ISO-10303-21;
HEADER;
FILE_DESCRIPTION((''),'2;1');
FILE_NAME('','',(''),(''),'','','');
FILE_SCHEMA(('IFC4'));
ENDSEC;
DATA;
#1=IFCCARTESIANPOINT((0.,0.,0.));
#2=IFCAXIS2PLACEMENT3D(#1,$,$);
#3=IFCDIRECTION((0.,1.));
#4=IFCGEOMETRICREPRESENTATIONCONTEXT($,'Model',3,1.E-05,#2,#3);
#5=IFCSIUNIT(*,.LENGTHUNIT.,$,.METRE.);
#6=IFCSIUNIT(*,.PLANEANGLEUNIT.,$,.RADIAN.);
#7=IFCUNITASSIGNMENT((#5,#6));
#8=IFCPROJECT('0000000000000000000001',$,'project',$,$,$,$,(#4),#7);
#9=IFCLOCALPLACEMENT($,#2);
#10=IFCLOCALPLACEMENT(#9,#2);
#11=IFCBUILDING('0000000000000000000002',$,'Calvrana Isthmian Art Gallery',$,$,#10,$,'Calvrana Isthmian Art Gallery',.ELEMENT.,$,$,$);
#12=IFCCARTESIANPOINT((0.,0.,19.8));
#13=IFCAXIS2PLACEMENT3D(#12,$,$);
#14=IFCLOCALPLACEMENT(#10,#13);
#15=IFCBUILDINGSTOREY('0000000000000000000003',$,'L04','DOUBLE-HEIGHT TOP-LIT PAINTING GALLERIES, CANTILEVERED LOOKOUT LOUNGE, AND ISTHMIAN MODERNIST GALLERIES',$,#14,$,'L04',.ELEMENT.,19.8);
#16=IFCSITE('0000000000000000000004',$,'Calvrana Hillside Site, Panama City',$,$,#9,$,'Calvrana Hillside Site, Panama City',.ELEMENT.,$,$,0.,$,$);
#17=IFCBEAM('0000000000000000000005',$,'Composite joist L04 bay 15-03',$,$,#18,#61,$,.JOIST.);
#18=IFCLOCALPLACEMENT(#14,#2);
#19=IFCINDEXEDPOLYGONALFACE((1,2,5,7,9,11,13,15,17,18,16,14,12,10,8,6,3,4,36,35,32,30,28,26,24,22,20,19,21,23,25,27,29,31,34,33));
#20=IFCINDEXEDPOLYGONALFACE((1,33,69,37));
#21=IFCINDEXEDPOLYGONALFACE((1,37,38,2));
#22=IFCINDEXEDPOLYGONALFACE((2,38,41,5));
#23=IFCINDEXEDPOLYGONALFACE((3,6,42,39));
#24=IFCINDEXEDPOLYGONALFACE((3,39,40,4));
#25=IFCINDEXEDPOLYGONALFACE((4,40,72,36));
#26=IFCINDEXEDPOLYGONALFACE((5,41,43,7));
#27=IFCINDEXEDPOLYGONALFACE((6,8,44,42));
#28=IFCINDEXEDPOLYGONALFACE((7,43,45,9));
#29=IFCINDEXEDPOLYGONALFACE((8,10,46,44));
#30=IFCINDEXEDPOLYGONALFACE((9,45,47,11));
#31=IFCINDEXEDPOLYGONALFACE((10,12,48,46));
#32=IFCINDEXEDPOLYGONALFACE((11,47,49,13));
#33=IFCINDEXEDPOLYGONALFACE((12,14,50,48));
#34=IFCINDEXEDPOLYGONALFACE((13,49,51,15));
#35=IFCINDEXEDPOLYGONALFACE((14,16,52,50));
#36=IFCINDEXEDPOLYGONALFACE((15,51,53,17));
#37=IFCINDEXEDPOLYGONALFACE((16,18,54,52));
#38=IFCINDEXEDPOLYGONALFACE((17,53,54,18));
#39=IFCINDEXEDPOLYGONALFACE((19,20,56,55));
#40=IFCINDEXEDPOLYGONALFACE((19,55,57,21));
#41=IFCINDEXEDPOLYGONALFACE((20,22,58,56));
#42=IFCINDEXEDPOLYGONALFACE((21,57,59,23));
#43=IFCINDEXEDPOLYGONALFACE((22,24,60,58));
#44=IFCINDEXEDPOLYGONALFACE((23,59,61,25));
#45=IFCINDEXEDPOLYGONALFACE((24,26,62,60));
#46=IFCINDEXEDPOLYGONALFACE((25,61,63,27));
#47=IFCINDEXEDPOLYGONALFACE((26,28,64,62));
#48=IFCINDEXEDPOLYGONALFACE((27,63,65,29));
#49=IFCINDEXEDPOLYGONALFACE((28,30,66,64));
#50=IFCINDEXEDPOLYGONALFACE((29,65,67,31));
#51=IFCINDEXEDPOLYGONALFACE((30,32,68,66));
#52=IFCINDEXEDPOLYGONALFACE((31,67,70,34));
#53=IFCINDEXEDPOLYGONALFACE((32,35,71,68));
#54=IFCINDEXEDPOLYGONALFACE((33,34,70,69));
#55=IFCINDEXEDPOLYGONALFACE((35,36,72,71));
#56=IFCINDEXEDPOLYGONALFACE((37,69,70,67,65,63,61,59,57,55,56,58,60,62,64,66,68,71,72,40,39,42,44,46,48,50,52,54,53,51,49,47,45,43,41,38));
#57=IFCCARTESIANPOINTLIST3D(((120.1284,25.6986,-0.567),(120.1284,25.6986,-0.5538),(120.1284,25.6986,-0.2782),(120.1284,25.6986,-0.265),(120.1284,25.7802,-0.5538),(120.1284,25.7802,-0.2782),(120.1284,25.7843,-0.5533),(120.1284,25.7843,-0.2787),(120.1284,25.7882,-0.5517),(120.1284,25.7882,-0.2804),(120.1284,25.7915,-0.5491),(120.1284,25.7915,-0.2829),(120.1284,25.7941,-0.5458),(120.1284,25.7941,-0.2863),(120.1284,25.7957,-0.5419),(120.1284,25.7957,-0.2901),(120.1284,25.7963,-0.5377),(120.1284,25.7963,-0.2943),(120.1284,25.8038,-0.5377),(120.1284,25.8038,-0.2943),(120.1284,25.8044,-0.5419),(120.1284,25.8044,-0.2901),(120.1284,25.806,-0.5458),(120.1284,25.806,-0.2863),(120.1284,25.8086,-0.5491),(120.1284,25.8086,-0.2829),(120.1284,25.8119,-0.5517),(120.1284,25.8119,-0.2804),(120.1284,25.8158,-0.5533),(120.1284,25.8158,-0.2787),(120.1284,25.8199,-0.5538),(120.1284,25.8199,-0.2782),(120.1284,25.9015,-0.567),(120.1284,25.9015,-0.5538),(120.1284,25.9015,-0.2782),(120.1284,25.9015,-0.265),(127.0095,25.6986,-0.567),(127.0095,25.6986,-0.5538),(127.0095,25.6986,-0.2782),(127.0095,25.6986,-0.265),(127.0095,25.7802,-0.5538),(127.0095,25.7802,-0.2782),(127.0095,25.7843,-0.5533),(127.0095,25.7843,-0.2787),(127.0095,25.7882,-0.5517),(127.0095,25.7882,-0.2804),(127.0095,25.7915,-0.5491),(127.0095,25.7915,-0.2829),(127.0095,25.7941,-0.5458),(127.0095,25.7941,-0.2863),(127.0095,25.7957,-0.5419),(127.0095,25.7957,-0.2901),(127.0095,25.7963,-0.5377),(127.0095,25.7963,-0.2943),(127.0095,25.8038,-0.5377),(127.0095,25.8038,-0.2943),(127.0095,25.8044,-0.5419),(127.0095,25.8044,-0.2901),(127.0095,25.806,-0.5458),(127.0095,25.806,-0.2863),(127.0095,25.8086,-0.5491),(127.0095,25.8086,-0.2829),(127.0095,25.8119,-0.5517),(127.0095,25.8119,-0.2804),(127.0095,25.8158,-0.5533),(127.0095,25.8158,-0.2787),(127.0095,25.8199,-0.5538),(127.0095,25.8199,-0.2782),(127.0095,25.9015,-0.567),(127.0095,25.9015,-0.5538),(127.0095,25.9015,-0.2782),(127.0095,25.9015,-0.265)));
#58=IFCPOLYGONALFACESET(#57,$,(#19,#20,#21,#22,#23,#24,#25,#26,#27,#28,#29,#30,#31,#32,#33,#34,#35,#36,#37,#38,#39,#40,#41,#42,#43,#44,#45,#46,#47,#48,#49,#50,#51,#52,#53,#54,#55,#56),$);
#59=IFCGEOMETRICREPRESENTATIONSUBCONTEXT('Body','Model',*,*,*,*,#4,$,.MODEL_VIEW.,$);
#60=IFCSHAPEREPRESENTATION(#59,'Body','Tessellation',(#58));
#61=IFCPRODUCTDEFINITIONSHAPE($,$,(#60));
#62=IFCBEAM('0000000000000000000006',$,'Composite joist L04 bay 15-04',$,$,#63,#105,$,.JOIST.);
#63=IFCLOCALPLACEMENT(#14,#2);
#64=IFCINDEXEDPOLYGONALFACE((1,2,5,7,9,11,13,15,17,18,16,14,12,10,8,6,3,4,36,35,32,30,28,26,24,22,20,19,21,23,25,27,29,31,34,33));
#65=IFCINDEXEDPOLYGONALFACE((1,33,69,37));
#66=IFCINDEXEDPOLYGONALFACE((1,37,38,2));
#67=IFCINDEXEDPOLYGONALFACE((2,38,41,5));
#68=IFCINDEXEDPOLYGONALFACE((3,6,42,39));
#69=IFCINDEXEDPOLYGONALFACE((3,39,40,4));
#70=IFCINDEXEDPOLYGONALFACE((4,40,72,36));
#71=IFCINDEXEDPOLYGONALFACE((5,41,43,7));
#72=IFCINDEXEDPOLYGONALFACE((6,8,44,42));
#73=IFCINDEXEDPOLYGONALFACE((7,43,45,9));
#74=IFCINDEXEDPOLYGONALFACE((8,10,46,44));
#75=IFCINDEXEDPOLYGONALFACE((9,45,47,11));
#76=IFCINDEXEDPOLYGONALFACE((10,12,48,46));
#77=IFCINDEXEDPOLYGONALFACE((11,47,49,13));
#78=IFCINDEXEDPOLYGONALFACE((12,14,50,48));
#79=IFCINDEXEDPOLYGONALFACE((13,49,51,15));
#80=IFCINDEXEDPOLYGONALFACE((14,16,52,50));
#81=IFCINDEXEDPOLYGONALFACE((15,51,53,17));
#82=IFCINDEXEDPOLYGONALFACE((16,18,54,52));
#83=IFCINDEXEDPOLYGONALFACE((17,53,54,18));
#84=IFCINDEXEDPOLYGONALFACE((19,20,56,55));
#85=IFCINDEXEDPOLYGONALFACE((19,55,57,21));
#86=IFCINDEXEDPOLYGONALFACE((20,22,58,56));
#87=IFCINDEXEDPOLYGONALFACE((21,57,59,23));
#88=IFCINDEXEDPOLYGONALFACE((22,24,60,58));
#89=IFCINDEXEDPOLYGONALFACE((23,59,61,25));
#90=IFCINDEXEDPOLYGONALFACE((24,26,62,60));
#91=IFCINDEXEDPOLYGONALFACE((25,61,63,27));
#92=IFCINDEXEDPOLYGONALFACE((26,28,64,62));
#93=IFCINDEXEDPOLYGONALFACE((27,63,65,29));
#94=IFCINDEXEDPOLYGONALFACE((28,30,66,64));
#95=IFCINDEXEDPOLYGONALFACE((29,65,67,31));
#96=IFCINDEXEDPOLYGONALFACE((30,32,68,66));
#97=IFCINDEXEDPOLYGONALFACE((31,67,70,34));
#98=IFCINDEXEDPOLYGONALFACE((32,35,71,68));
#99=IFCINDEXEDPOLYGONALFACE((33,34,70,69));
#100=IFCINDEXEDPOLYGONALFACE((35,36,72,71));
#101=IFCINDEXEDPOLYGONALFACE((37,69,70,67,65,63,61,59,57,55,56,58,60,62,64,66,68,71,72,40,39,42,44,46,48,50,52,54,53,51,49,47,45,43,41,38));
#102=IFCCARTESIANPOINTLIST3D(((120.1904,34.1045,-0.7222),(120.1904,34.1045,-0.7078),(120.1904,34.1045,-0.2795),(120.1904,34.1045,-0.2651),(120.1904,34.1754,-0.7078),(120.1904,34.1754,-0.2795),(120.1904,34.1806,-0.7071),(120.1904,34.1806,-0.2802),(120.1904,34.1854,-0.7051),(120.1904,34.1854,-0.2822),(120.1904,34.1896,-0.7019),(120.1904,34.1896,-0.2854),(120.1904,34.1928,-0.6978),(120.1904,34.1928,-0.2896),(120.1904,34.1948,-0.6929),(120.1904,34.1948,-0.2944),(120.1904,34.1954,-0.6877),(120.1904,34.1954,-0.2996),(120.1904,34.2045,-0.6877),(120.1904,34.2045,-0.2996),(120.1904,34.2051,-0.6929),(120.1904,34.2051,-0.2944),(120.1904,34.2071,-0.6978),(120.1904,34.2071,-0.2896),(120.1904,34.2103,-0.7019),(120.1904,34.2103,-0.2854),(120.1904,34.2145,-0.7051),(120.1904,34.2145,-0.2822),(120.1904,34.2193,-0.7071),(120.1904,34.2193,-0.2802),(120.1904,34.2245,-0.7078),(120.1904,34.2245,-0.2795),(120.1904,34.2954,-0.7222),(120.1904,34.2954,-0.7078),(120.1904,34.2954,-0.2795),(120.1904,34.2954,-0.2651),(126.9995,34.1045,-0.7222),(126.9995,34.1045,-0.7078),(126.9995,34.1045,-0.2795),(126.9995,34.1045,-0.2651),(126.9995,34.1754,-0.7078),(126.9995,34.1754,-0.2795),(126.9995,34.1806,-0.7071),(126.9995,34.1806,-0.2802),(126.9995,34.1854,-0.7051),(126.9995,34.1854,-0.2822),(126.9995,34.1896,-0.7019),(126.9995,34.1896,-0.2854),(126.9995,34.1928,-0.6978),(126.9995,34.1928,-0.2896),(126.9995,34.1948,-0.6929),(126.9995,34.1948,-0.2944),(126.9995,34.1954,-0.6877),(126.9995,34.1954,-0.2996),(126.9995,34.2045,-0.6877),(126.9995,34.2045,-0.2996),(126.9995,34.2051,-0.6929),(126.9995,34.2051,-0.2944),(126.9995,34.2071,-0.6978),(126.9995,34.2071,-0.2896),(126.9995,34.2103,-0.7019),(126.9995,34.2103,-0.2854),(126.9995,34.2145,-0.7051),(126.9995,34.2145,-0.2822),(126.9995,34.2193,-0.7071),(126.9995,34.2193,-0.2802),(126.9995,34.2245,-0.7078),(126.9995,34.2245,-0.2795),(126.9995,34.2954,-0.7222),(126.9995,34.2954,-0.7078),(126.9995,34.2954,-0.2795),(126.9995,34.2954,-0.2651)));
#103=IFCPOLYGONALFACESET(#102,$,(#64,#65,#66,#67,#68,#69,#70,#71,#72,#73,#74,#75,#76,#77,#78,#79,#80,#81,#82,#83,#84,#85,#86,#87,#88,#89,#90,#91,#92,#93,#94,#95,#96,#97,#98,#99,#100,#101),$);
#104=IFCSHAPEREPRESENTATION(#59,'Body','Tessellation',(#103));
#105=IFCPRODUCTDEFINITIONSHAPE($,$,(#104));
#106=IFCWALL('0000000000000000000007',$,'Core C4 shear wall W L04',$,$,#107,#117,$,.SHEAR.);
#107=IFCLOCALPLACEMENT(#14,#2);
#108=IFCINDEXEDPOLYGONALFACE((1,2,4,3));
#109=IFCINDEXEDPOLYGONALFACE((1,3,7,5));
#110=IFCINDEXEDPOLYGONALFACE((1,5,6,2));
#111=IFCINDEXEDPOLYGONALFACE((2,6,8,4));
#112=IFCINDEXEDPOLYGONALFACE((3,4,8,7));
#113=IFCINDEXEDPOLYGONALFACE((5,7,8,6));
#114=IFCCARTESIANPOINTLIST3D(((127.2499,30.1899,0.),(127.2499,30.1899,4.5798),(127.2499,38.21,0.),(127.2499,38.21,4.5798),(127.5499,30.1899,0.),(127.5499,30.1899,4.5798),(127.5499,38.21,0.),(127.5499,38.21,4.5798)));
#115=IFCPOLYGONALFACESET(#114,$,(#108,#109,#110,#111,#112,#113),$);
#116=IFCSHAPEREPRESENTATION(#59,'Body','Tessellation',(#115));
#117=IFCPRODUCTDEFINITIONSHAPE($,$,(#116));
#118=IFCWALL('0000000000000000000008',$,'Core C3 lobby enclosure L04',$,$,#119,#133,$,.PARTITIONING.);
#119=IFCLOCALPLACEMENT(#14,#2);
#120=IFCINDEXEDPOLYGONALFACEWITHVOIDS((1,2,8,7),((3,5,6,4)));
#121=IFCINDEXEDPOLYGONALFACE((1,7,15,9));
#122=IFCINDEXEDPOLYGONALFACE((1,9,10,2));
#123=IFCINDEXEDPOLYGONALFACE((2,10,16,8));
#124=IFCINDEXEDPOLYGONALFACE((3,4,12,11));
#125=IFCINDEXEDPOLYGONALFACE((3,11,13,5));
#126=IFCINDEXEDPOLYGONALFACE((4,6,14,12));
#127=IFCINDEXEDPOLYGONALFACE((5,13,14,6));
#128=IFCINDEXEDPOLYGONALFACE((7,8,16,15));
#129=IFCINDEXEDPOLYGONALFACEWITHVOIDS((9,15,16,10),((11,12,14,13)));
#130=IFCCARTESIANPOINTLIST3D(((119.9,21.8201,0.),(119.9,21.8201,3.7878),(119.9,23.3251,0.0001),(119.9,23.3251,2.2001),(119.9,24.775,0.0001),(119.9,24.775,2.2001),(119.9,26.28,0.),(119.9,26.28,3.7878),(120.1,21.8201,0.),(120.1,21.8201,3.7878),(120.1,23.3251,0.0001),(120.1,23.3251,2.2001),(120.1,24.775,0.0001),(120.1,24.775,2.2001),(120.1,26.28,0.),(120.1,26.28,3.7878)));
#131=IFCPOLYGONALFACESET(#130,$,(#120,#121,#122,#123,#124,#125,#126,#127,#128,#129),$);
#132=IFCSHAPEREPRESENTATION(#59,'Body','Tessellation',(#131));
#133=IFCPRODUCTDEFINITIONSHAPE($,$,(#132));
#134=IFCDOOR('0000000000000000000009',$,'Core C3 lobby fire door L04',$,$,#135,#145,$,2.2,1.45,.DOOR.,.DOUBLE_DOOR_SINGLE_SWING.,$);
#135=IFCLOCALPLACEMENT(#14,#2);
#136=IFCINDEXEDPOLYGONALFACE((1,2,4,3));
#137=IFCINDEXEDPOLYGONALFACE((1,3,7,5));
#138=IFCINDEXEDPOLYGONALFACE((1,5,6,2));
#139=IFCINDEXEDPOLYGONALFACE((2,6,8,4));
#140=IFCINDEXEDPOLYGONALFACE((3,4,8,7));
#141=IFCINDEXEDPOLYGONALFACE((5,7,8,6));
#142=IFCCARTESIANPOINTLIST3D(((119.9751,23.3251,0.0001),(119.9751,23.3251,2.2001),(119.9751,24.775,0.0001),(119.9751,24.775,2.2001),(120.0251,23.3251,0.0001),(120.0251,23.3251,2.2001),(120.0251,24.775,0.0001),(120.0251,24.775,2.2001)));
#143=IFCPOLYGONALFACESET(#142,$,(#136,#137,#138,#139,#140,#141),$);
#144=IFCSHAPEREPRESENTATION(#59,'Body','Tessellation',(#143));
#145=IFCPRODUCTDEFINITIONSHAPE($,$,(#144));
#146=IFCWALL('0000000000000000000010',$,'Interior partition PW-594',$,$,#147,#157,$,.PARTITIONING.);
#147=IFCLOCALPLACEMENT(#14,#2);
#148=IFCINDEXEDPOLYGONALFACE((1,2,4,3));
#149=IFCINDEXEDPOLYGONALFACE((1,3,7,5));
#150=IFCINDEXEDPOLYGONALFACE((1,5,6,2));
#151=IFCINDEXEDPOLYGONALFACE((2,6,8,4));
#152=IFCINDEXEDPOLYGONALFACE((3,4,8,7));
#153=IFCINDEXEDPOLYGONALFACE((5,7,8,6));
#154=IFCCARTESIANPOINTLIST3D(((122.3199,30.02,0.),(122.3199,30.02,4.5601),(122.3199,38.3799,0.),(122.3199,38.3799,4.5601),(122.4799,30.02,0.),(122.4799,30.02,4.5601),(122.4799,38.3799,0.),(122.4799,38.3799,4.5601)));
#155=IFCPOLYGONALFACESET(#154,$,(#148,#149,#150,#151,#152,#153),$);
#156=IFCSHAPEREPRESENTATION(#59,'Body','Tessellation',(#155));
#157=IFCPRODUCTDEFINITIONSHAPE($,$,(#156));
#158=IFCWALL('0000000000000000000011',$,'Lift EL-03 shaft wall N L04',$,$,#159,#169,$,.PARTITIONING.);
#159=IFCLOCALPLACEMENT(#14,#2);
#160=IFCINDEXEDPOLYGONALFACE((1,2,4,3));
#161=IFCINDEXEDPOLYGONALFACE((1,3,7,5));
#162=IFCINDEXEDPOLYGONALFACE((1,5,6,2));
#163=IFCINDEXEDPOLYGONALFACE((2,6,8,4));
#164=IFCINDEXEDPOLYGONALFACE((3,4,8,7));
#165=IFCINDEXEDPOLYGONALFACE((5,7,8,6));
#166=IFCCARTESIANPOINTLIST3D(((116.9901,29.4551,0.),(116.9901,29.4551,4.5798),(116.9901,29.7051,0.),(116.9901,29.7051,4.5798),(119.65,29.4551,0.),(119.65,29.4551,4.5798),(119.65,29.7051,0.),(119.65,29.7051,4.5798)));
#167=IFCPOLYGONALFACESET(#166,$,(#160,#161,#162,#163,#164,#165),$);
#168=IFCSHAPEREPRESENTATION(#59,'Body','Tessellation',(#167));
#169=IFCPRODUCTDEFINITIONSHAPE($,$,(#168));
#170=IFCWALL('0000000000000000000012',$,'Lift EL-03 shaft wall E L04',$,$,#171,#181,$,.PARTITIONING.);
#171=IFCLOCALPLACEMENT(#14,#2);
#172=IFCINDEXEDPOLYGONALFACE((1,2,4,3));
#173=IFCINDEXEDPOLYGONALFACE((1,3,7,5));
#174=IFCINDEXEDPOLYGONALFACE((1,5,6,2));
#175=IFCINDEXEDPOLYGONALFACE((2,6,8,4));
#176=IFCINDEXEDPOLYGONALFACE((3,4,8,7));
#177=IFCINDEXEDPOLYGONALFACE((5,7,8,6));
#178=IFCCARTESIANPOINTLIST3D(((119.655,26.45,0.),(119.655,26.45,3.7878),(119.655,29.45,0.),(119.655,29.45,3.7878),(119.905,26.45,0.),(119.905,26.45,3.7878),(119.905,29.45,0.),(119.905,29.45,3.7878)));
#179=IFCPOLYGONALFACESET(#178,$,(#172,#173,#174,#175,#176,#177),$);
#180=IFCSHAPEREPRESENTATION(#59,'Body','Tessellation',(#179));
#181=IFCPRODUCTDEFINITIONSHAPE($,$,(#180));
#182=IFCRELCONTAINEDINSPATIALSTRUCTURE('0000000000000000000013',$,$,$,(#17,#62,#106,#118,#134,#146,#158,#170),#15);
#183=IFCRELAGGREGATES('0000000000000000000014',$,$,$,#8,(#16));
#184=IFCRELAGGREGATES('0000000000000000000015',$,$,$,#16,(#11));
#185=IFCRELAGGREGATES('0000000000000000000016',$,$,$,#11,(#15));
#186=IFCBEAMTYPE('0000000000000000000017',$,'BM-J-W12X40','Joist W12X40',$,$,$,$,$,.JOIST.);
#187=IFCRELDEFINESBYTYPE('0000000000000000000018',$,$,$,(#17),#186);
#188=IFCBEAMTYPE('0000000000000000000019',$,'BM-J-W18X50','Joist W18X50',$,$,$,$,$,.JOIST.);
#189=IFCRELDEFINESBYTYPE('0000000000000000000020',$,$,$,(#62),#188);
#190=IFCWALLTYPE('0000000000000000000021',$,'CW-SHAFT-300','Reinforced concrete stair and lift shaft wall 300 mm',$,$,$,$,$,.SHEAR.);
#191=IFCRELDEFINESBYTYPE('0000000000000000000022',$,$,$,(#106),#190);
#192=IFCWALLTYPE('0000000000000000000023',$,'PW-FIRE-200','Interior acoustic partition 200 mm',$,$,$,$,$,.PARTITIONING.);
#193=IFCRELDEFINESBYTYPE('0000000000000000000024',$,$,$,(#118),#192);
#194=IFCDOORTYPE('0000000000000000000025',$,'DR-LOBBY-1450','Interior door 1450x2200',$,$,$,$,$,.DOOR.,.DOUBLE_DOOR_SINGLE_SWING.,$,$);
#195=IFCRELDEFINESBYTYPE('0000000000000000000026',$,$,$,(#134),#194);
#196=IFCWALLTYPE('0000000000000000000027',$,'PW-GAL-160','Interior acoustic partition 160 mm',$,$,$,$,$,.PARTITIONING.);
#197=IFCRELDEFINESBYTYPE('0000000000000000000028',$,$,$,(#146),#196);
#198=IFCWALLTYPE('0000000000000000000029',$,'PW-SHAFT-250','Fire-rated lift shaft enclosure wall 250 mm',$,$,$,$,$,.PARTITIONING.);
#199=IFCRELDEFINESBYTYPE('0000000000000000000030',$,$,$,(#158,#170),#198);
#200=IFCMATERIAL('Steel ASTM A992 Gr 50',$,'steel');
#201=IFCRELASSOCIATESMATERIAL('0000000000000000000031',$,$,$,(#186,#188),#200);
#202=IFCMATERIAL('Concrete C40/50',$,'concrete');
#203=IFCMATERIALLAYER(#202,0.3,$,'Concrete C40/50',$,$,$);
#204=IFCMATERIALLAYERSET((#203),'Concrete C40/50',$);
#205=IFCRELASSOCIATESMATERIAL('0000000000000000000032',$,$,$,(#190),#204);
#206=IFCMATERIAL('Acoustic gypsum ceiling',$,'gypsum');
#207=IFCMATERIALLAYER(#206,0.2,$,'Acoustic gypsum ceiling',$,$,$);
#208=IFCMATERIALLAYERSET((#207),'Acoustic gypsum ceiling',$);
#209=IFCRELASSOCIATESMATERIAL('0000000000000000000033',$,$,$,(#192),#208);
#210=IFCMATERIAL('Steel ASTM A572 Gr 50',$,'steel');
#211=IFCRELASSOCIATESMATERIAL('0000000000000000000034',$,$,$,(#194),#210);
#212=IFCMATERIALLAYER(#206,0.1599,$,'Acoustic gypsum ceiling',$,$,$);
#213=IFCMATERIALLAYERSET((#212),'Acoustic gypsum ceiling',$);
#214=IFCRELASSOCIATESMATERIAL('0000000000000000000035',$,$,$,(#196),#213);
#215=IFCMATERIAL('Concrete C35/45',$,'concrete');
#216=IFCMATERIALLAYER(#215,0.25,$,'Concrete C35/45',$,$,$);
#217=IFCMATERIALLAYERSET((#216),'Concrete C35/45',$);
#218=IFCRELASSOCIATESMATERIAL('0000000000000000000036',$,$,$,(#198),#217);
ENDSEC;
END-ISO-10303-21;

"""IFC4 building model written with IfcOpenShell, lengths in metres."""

from ifc_helpers import new_model, si_unit, direction, frame, frame_2d, origin, origin_2d, place, context, subcontext, project, spatial, rectangle, i_section, extrude, material, layer, layer_set, material_profile, profile_set, type_object, element, fill, save


model = new_model("IFC4")

# Units and contexts
model_context = context("Model", 3, precision=1e-05, world=origin(), true_north=direction((0.0, 1.0)))
body_context = subcontext(model_context, "Body", "Model", "MODEL_VIEW")
ifc_project = project(units=[si_unit("LENGTHUNIT", "METRE"), si_unit("PLANEANGLEUNIT", "RADIAN")], contexts=[model_context])

# Site, building, storey
site_placement = place(None, origin())
site = spatial("IfcSite", under=ifc_project, at=site_placement, Name="Calvrana Hillside Site, Panama City", LongName="Calvrana Hillside Site, Panama City", CompositionType="ELEMENT", RefElevation=0.0)
building_placement = place(site_placement, origin())
building = spatial("IfcBuilding", under=site, at=building_placement, Name="Calvrana Isthmian Art Gallery", LongName="Calvrana Isthmian Art Gallery", CompositionType="ELEMENT")
storey_placement = place(building_placement, frame((0.0, 0.0, 19.8)))
storey = spatial("IfcBuildingStorey", under=building, at=storey_placement, Name="L04", Description="DOUBLE-HEIGHT TOP-LIT PAINTING GALLERIES, CANTILEVERED LOOKOUT LOUNGE, AND ISTHMIAN MODERNIST GALLERIES", LongName="L04", CompositionType="ELEMENT", Elevation=19.8)

# Shared definitions
ifc_material_1 = material(Name="Steel ASTM A992 Gr 50", Category="steel")

# Beams
ifc_material_profile_1 = material_profile(ifc_material_1, i_section(OverallWidth=0.2029, OverallDepth=0.302, WebThickness=0.0076, FlangeThickness=0.0132, FilletRadius=0.0161, at=origin_2d()), Name="W12X40")
ifc_profile_set_1 = profile_set([ifc_material_profile_1], Name="Steel ASTM A992 Gr 50")
beam_type_1 = type_object("IfcBeamType", Name="BM-J-W12X40", Description="Joist W12X40", PredefinedType="JOIST", material=ifc_profile_set_1)
beam_1_placement = place(storey_placement, frame((120.1284, 25.8, -0.416), z_axis=(1.0, 0.0, 0.0), x_axis=(0.0, 1.0, 0.0)))
element("IfcBeam", 1, at=beam_1_placement, inside=storey, type_object=beam_type_1, Name="Composite joist L04 bay 15-03", PredefinedType="JOIST", context=body_context, shape_type="SweptSolid", body=[
    extrude(i_section(OverallWidth=0.2029, OverallDepth=0.302, WebThickness=0.0076, FlangeThickness=0.0132, FilletRadius=0.0161, at=origin_2d()), origin(), (0.0, 0.0, 1.0), 6.8811),
])
ifc_material_profile_2 = material_profile(ifc_material_1, i_section(OverallWidth=0.1909, OverallDepth=0.457, WebThickness=0.009, FlangeThickness=0.0144, FilletRadius=0.02, at=origin_2d()), Name="W18X50")
ifc_profile_set_2 = profile_set([ifc_material_profile_2], Name="Steel ASTM A992 Gr 50")
beam_type_2 = type_object("IfcBeamType", Name="BM-J-W18X50", Description="Joist W18X50", PredefinedType="JOIST", material=ifc_profile_set_2)
beam_2_placement = place(storey_placement, frame((120.1904, 34.2, -0.4937), z_axis=(1.0, 0.0, 0.0), x_axis=(0.0, 1.0, 0.0)))
element("IfcBeam", 2, at=beam_2_placement, inside=storey, type_object=beam_type_2, Name="Composite joist L04 bay 15-04", PredefinedType="JOIST", context=body_context, shape_type="SweptSolid", body=[
    extrude(i_section(OverallWidth=0.1909, OverallDepth=0.457, WebThickness=0.009, FlangeThickness=0.0144, FilletRadius=0.02, at=origin_2d()), origin(), (0.0, 0.0, 1.0), 6.8091),
])

# Wall
ifc_material_2 = material(Name="Concrete C40/50", Category="concrete")
ifc_layer_1 = layer(ifc_material_2, 0.3, Name="Concrete C40/50")
ifc_layer_set_1 = layer_set([ifc_layer_1], Name="Concrete C40/50")
wall_type_1 = type_object("IfcWallType", Name="CW-SHAFT-300", Description="Reinforced concrete stair and lift shaft wall 300 mm", PredefinedType="SHEAR", material=ifc_layer_set_1)
wall_1_placement = place(storey_placement, frame((127.3999, 30.1899, 0.0), z_axis=(0.0, 0.0, 1.0), x_axis=(0.0, 1.0, 0.0)))
element("IfcWall", 3, at=wall_1_placement, inside=storey, type_object=wall_type_1, Name="Core C4 shear wall W L04", PredefinedType="SHEAR", context=body_context, shape_type="SweptSolid", body=[
    extrude(rectangle(XDim=8.02, YDim=0.3, at=frame_2d((4.01, 0.0))), origin(), (0.0, 0.0, 1.0), 4.5798),
])

# Wall, opening, door
ifc_material_3 = material(Name="Acoustic gypsum ceiling", Category="gypsum")
ifc_layer_2 = layer(ifc_material_3, 0.2, Name="Acoustic gypsum ceiling")
ifc_layer_set_2 = layer_set([ifc_layer_2], Name="Acoustic gypsum ceiling")
wall_type_2 = type_object("IfcWallType", Name="PW-FIRE-200", Description="Interior acoustic partition 200 mm", PredefinedType="PARTITIONING", material=ifc_layer_set_2)
wall_2_placement = place(storey_placement, frame((120.0, 21.8201, 0.0), z_axis=(0.0, 0.0, 1.0), x_axis=(0.0, 1.0, 0.0)))
wall_2 = element("IfcWall", 4, at=wall_2_placement, inside=storey, type_object=wall_type_2, Name="Core C3 lobby enclosure L04", PredefinedType="PARTITIONING", context=body_context, shape_type="SweptSolid", body=[
    extrude(rectangle(XDim=4.46, YDim=0.2, at=frame_2d((2.23, 0.0))), origin(), (0.0, 0.0, 1.0), 3.7878),
])
opening_1_placement = place(wall_2_placement, frame((1.5049, 0.0, 0.0)))
opening_1 = element("IfcOpeningElement", 5, at=opening_1_placement, cuts=wall_2, PredefinedType="OPENING", context=body_context, shape_type="SweptSolid", body=[
    extrude(rectangle(XDim=1.45, YDim=2.2, at=frame_2d((0.7251, 1.1001))), frame((0.0, 0.1104, 0.0), z_axis=(0.0, -1.0, 0.0), x_axis=(1.0, 0.0, 0.0)), (0.0, 0.0, 1.0), 0.2205),
])
ifc_material_4 = material(Name="Steel ASTM A572 Gr 50", Category="steel")
door_type_1 = type_object("IfcDoorType", Name="DR-LOBBY-1450", Description="Interior door 1450x2200", OperationType="DOUBLE_DOOR_SINGLE_SWING", PredefinedType="DOOR", material=ifc_material_4)
door_1_placement = place(opening_1_placement, origin())
door_1 = element("IfcDoor", 6, at=door_1_placement, inside=storey, type_object=door_type_1, Name="Core C3 lobby fire door L04", OperationType="DOUBLE_DOOR_SINGLE_SWING", OverallHeight=2.2, OverallWidth=1.45, PredefinedType="DOOR", context=body_context, shape_type="SweptSolid", body=[
    extrude(rectangle(XDim=1.45, YDim=2.2, at=frame_2d((0.7251, 1.1001))), frame((0.0, 0.0249, 0.0), z_axis=(0.0, -1.0, 0.0), x_axis=(1.0, 0.0, 0.0)), (0.0, 0.0, 1.0), 0.05),
])
fill(opening_1, door_1)

# Walls
ifc_layer_3 = layer(ifc_material_3, 0.1599, Name="Acoustic gypsum ceiling")
ifc_layer_set_3 = layer_set([ifc_layer_3], Name="Acoustic gypsum ceiling")
wall_type_3 = type_object("IfcWallType", Name="PW-GAL-160", Description="Interior acoustic partition 160 mm", PredefinedType="PARTITIONING", material=ifc_layer_set_3)
wall_3_placement = place(storey_placement, frame((122.3999, 30.02, 0.0), z_axis=(0.0, 0.0, 1.0), x_axis=(0.0, 1.0, 0.0)))
element("IfcWall", 7, at=wall_3_placement, inside=storey, type_object=wall_type_3, Name="Interior partition PW-594", PredefinedType="PARTITIONING", context=body_context, shape_type="SweptSolid", body=[
    extrude(rectangle(XDim=8.3599, YDim=0.1599, at=frame_2d((4.1799, 0.0))), origin(), (0.0, 0.0, 1.0), 4.5601),
])
ifc_material_5 = material(Name="Concrete C35/45", Category="concrete")
ifc_layer_4 = layer(ifc_material_5, 0.25, Name="Concrete C35/45")
ifc_layer_set_4 = layer_set([ifc_layer_4], Name="Concrete C35/45")
wall_type_4 = type_object("IfcWallType", Name="PW-SHAFT-250", Description="Fire-rated lift shaft enclosure wall 250 mm", PredefinedType="PARTITIONING", material=ifc_layer_set_4)
wall_4_placement = place(storey_placement, frame((116.99, 29.5801, 0.0), z_axis=(0.0, 0.0, 1.0), x_axis=(1.0, 0.0, 0.0)))
element("IfcWall", 8, at=wall_4_placement, inside=storey, type_object=wall_type_4, Name="Lift EL-03 shaft wall N L04", PredefinedType="PARTITIONING", context=body_context, shape_type="SweptSolid", body=[
    extrude(rectangle(XDim=2.6599, YDim=0.25, at=frame_2d((1.3301, 0.0))), origin(), (0.0, 0.0, 1.0), 4.5798),
])
wall_5_placement = place(storey_placement, frame((119.78, 26.45, 0.0), z_axis=(0.0, 0.0, 1.0), x_axis=(0.0, 1.0, 0.0)))
element("IfcWall", 9, at=wall_5_placement, inside=storey, type_object=wall_type_4, Name="Lift EL-03 shaft wall E L04", PredefinedType="PARTITIONING", context=body_context, shape_type="SweptSolid", body=[
    extrude(rectangle(XDim=3.0, YDim=0.25, at=frame_2d((1.5, 0.0))), origin(), (0.0, 0.0, 1.0), 3.7878),
])

save(model, "model.ifc")
